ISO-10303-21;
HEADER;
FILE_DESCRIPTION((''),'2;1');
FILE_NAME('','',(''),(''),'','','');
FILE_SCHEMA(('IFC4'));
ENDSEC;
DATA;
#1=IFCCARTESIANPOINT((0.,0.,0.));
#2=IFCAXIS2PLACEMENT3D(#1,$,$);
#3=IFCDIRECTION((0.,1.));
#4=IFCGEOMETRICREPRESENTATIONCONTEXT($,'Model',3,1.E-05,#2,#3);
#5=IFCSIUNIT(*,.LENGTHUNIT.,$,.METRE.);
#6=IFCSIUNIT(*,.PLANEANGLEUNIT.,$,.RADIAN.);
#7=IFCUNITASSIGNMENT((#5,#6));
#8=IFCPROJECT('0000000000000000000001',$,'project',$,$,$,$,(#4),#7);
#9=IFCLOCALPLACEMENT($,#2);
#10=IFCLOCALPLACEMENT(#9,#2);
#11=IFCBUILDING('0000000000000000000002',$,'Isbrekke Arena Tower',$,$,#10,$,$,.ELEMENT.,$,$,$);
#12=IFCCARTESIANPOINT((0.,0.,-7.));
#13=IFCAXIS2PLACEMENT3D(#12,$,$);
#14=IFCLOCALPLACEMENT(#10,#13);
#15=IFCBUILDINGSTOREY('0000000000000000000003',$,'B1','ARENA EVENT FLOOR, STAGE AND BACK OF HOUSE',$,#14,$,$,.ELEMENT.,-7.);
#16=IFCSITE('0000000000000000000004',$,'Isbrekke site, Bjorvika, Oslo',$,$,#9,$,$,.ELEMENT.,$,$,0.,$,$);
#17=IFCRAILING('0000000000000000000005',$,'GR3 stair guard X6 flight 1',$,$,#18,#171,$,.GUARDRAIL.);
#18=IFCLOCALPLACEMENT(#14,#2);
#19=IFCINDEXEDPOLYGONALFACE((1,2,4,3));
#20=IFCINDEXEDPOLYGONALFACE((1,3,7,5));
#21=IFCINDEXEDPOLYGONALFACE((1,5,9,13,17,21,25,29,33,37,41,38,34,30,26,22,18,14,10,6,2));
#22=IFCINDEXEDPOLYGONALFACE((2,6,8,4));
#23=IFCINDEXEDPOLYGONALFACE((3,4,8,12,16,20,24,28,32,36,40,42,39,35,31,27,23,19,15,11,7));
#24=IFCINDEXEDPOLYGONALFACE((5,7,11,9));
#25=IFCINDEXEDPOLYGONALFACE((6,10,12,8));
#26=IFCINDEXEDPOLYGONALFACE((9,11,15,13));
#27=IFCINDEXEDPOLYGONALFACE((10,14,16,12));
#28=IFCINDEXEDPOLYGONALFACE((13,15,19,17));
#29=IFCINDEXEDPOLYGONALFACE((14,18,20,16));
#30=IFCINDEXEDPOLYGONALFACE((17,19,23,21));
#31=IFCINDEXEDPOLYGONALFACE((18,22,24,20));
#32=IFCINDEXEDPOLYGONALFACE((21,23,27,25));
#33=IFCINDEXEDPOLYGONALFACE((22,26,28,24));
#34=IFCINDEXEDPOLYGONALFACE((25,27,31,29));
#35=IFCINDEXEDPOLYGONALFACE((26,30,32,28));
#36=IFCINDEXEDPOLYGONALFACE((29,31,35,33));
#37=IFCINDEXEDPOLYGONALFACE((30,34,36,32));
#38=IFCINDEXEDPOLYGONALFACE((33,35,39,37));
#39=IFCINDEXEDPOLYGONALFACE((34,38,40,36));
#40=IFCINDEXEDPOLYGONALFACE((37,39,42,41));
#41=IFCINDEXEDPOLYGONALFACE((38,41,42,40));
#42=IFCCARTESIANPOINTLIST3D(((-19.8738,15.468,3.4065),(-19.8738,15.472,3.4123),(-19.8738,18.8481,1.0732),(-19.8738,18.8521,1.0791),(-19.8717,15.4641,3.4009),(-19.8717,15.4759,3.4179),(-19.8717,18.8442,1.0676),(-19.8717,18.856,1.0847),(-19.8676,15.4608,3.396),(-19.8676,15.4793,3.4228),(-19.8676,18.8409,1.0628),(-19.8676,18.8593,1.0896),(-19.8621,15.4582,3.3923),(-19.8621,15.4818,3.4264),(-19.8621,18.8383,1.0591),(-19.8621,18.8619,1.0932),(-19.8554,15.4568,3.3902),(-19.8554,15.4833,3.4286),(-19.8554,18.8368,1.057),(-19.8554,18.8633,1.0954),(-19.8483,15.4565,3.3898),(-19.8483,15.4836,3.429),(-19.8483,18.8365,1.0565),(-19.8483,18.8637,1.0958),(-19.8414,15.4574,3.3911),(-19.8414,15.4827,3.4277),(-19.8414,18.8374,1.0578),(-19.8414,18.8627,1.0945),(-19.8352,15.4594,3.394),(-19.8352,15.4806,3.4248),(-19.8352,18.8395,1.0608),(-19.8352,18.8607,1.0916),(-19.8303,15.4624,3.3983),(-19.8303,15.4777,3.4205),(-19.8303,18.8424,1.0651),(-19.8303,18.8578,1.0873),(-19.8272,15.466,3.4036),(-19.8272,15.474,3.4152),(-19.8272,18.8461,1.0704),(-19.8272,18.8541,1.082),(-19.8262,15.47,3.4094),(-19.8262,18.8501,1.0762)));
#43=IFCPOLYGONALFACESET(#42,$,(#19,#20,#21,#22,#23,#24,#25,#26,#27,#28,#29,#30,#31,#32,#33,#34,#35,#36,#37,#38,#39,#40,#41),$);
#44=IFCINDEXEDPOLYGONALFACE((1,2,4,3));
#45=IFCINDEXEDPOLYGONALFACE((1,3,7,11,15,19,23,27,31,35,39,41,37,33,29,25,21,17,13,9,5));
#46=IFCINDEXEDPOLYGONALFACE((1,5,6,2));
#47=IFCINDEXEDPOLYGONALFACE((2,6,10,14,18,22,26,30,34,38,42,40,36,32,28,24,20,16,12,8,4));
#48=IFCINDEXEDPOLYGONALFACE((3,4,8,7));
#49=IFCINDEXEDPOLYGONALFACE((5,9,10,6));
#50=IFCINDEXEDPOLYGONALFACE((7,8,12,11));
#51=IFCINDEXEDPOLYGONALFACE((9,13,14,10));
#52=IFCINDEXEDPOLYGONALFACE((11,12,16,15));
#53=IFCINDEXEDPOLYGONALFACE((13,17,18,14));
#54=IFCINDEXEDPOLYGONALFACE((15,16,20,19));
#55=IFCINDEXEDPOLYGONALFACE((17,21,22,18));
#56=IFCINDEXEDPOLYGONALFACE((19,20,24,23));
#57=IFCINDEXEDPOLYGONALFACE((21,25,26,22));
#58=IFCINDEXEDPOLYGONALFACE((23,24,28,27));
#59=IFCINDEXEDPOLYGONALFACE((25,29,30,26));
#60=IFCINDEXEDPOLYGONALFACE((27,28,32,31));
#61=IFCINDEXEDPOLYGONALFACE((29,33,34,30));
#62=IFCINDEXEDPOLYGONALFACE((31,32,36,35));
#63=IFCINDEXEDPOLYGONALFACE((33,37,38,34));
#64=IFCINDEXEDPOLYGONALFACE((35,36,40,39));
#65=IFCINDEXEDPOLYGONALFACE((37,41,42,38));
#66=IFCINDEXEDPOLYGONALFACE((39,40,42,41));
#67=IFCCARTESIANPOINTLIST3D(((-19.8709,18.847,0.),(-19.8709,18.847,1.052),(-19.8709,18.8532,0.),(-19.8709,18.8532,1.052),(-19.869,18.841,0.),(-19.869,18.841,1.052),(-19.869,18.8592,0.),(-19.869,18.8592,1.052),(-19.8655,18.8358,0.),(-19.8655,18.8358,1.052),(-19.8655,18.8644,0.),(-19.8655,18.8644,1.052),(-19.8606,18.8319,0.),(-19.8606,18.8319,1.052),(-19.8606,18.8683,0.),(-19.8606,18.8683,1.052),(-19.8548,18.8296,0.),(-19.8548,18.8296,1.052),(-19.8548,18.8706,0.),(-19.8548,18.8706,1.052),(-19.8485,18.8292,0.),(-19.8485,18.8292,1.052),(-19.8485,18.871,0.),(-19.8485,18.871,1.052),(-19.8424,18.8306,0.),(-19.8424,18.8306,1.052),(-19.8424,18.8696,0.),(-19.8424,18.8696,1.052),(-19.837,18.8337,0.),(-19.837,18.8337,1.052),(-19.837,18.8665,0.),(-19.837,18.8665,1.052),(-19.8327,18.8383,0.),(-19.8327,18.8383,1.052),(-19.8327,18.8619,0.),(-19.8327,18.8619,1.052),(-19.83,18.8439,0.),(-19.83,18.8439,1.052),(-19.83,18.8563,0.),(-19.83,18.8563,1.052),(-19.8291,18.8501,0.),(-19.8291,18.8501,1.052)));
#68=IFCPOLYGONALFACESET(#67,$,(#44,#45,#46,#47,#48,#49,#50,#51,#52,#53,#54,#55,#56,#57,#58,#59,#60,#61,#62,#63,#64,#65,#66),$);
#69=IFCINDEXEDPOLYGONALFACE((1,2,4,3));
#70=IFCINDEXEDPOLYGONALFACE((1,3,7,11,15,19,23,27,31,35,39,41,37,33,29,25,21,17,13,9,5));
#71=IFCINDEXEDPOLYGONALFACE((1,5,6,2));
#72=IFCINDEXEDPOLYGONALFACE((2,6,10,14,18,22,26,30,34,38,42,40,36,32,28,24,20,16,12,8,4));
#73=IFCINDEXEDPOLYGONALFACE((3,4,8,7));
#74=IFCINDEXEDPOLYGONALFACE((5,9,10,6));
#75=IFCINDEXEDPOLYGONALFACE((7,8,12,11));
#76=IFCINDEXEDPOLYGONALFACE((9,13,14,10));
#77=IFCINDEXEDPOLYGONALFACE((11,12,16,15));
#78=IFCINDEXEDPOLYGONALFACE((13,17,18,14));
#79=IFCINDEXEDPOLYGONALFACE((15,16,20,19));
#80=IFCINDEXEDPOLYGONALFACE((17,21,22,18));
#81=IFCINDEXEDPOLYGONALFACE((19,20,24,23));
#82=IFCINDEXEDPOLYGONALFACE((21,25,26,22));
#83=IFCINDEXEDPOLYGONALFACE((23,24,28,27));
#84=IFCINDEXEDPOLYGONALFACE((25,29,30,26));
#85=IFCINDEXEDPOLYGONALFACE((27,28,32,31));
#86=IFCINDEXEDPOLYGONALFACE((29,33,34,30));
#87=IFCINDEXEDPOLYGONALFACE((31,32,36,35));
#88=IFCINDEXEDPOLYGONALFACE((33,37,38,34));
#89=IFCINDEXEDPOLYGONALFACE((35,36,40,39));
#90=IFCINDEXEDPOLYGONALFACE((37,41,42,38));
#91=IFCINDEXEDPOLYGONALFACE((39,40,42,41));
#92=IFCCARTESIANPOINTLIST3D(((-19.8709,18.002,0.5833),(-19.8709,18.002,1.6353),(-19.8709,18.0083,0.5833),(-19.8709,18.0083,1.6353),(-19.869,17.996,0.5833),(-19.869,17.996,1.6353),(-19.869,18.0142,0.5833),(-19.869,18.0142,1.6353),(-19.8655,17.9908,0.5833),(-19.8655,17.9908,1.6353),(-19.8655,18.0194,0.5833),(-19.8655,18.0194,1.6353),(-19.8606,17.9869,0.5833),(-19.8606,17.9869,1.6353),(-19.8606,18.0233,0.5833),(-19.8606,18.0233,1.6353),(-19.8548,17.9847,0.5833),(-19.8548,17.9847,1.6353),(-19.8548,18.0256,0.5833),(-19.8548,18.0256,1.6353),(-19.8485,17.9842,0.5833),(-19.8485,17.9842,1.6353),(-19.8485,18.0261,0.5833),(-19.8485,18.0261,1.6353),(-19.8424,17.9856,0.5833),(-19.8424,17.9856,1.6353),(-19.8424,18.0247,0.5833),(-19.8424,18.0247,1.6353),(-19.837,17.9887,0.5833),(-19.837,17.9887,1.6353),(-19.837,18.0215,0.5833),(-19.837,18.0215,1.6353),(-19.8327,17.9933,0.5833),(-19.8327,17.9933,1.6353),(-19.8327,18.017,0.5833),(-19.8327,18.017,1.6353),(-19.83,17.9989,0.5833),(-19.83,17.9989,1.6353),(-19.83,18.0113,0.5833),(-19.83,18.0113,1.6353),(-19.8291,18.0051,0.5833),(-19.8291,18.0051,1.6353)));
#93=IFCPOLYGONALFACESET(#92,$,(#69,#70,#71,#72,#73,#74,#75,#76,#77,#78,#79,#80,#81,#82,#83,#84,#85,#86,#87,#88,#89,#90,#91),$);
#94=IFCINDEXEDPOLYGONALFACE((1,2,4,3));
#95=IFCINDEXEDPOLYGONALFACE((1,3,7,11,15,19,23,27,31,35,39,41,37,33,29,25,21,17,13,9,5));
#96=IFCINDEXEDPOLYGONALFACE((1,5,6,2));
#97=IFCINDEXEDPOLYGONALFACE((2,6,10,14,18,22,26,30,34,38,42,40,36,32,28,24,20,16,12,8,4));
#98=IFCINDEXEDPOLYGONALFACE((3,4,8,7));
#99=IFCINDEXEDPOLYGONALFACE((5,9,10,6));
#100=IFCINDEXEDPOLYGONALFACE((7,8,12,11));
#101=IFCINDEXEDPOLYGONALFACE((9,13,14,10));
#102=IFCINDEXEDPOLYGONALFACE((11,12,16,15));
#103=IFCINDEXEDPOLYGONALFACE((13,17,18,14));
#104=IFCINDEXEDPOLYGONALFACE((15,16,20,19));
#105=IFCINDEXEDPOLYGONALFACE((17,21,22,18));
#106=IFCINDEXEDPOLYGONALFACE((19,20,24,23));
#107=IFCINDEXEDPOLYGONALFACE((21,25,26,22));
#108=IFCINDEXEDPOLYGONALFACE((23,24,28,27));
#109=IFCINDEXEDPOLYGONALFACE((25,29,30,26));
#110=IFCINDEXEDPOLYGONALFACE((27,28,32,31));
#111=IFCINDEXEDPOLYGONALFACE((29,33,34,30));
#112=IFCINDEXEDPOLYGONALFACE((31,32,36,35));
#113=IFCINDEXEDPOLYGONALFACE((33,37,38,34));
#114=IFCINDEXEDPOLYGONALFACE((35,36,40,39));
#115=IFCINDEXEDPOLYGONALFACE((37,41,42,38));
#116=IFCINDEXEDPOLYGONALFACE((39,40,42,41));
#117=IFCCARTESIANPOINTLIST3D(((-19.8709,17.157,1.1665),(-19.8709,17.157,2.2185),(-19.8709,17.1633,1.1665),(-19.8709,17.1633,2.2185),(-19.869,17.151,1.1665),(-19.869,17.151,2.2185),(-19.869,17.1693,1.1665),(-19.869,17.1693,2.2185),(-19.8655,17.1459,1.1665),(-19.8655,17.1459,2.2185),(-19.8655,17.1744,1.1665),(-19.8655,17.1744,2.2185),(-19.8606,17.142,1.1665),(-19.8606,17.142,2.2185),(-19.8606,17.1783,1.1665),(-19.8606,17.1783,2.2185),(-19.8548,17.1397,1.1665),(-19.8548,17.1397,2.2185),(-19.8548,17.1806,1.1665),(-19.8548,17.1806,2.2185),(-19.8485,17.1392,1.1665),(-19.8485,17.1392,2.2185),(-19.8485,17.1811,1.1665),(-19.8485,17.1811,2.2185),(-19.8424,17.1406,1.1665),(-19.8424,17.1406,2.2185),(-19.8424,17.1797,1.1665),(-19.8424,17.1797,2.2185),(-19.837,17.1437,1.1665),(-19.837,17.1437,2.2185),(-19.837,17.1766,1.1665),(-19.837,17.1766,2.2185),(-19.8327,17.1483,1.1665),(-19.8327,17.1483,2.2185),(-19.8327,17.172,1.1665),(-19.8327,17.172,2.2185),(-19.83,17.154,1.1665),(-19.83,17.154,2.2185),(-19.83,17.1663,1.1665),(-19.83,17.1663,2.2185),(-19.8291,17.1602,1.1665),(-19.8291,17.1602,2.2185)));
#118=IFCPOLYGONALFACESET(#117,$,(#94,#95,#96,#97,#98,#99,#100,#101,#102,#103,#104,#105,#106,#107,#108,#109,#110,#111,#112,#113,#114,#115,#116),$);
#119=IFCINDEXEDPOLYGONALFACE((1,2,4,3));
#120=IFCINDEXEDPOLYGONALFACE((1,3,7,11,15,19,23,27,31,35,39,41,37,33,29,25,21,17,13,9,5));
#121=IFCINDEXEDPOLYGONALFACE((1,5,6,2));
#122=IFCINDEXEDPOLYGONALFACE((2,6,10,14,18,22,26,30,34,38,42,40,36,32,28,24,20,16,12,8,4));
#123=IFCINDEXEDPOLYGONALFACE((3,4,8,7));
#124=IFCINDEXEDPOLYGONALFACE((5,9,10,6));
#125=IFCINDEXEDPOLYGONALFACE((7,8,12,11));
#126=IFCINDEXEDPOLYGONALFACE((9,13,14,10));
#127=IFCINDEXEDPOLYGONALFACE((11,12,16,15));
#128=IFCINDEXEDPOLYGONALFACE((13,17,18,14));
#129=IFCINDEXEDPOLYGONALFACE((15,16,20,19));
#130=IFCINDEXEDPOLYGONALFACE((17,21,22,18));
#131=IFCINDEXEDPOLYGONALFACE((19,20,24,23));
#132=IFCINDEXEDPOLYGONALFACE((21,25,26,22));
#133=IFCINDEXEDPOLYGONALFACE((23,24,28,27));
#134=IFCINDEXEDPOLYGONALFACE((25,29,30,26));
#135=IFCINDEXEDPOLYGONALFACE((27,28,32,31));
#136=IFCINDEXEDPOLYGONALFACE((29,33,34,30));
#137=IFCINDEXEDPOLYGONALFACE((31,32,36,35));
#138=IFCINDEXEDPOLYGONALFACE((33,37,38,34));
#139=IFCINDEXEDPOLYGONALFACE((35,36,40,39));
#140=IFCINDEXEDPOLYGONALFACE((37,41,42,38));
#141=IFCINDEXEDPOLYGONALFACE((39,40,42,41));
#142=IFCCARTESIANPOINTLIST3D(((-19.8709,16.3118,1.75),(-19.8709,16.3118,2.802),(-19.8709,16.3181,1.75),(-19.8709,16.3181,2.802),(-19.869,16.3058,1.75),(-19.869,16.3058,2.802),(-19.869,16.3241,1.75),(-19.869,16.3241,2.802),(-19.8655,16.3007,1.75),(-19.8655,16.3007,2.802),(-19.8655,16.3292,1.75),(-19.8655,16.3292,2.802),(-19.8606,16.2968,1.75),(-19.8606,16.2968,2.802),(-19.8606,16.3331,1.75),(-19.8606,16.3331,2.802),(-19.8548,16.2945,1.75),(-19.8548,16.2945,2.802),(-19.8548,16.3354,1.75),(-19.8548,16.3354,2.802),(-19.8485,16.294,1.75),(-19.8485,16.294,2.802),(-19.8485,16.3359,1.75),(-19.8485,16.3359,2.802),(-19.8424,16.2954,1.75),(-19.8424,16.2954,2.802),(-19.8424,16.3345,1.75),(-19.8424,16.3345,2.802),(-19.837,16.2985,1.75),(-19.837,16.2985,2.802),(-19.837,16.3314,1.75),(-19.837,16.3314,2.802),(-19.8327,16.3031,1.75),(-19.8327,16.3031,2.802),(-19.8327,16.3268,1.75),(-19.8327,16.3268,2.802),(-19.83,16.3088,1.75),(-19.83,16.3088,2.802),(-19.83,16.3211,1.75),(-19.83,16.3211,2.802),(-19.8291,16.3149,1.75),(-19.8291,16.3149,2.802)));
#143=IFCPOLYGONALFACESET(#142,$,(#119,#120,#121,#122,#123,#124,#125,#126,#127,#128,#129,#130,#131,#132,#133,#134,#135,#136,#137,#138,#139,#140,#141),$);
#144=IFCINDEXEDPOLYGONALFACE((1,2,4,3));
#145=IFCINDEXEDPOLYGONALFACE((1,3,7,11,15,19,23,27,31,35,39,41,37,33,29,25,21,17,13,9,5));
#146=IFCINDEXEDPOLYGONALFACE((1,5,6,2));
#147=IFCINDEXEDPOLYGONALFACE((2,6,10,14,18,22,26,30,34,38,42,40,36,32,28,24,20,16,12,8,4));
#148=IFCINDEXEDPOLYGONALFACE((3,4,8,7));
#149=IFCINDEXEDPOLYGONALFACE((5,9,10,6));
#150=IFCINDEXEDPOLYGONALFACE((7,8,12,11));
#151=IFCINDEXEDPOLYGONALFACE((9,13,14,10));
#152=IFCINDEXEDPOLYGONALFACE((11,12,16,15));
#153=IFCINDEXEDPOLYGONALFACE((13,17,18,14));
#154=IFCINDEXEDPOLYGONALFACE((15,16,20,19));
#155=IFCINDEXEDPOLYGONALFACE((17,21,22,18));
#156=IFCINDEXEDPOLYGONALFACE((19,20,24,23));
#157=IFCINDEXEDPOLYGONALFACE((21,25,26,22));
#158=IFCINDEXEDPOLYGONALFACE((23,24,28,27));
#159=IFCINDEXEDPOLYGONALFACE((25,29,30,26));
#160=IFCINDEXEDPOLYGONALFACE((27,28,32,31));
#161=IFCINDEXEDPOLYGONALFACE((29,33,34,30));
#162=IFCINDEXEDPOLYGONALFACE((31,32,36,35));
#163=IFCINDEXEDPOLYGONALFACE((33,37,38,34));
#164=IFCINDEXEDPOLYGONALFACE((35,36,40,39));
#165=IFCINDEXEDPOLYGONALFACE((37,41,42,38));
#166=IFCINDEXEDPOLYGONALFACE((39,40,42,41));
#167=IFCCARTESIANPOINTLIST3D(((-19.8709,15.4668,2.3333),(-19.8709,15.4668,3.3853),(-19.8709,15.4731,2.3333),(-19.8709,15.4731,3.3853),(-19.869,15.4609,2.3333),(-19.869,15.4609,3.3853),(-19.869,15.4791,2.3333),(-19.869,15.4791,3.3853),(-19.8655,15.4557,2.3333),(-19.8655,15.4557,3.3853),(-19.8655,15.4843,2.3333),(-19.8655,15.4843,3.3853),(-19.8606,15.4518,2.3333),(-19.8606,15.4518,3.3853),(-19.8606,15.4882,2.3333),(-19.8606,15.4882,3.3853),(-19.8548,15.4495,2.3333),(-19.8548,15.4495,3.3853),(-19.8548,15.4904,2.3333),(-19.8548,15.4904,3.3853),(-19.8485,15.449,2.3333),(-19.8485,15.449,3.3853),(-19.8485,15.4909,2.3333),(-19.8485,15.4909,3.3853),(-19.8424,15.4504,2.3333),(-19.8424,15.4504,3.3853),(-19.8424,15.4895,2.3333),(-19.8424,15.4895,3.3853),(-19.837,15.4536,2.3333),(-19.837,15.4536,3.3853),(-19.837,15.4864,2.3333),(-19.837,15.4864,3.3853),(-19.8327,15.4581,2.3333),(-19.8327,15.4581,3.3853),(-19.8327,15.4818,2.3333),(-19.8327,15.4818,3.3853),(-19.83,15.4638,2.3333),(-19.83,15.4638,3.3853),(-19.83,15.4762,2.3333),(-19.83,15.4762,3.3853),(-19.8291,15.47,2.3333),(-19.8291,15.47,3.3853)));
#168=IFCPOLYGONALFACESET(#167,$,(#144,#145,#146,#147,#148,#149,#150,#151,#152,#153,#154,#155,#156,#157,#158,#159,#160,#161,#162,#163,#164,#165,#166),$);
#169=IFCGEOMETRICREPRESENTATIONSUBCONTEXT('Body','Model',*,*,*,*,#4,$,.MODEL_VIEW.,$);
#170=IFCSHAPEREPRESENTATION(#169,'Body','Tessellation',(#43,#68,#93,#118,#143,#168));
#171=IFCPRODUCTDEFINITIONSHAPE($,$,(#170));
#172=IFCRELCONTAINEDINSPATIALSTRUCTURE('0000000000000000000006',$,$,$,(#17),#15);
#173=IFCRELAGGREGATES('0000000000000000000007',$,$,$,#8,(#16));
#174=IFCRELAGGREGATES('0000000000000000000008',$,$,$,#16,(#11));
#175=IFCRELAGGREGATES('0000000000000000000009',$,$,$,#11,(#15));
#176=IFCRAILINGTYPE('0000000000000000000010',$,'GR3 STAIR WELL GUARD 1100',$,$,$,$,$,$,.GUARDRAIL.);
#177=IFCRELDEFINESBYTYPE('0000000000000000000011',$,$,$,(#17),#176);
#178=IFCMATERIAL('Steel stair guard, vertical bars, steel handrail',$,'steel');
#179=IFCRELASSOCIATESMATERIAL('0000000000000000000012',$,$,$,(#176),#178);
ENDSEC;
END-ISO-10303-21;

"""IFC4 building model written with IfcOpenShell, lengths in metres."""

from ifc_helpers import new_model, si_unit, direction, frame, origin, origin_2d, place, context, subcontext, project, spatial, circle, extrude, material, type_object, element, save


model = new_model("IFC4")

# Units and contexts
model_context = context("Model", 3, precision=1e-05, world=origin(), true_north=direction((0.0, 1.0)))
body_context = subcontext(model_context, "Body", "Model", "MODEL_VIEW")
ifc_project = project(units=[si_unit("LENGTHUNIT", "METRE"), si_unit("PLANEANGLEUNIT", "RADIAN")], contexts=[model_context])

# Site, building, storey
site_placement = place(None, origin())
site = spatial("IfcSite", under=ifc_project, at=site_placement, Name="Isbrekke site, Bjorvika, Oslo", CompositionType="ELEMENT", RefElevation=0.0)
building_placement = place(site_placement, origin())
building = spatial("IfcBuilding", under=site, at=building_placement, Name="Isbrekke Arena Tower", CompositionType="ELEMENT")
storey_placement = place(building_placement, frame((0.0, 0.0, -7.0)))
storey = spatial("IfcBuildingStorey", under=building, at=storey_placement, Name="B1", Description="ARENA EVENT FLOOR, STAGE AND BACK OF HOUSE", CompositionType="ELEMENT", Elevation=-7.0)

# Railing
ifc_material_1 = material(Name="Steel stair guard, vertical bars, steel handrail", Category="steel")
railing_type = type_object("IfcRailingType", Name="GR3 STAIR WELL GUARD 1100", PredefinedType="GUARDRAIL", material=ifc_material_1)
railing_1_placement = place(storey_placement, frame((-19.8501, 18.8501, 0.0)))
element("IfcRailing", 1, at=railing_1_placement, inside=storey, type_object=railing_type, Name="GR3 stair guard X6 flight 1", PredefinedType="GUARDRAIL", context=body_context, shape_type="SweptSolid", body=[
    extrude(circle(Radius=0.0239, at=origin_2d()), frame((0.0, 0.0, 1.0762), z_axis=(0.0, -0.82297, 0.568084), x_axis=(1.0, 0.0, 0.0)), (0.0, 0.0, 1.0), 4.1072),
    extrude(circle(Radius=0.021, at=origin_2d()), origin(), (0.0, 0.0, 1.0), 1.052),
    extrude(circle(Radius=0.021, at=origin_2d()), frame((0.0, -0.845, 0.5833)), (0.0, 0.0, 1.0), 1.052),
    extrude(circle(Radius=0.021, at=origin_2d()), frame((0.0, -1.6899, 1.1665)), (0.0, 0.0, 1.0), 1.052),
    extrude(circle(Radius=0.021, at=origin_2d()), frame((0.0, -2.5352, 1.75)), (0.0, 0.0, 1.0), 1.052),
    extrude(circle(Radius=0.021, at=origin_2d()), frame((0.0, -3.3801, 2.3333)), (0.0, 0.0, 1.0), 1.052),
])

save(model, "model.ifc")
